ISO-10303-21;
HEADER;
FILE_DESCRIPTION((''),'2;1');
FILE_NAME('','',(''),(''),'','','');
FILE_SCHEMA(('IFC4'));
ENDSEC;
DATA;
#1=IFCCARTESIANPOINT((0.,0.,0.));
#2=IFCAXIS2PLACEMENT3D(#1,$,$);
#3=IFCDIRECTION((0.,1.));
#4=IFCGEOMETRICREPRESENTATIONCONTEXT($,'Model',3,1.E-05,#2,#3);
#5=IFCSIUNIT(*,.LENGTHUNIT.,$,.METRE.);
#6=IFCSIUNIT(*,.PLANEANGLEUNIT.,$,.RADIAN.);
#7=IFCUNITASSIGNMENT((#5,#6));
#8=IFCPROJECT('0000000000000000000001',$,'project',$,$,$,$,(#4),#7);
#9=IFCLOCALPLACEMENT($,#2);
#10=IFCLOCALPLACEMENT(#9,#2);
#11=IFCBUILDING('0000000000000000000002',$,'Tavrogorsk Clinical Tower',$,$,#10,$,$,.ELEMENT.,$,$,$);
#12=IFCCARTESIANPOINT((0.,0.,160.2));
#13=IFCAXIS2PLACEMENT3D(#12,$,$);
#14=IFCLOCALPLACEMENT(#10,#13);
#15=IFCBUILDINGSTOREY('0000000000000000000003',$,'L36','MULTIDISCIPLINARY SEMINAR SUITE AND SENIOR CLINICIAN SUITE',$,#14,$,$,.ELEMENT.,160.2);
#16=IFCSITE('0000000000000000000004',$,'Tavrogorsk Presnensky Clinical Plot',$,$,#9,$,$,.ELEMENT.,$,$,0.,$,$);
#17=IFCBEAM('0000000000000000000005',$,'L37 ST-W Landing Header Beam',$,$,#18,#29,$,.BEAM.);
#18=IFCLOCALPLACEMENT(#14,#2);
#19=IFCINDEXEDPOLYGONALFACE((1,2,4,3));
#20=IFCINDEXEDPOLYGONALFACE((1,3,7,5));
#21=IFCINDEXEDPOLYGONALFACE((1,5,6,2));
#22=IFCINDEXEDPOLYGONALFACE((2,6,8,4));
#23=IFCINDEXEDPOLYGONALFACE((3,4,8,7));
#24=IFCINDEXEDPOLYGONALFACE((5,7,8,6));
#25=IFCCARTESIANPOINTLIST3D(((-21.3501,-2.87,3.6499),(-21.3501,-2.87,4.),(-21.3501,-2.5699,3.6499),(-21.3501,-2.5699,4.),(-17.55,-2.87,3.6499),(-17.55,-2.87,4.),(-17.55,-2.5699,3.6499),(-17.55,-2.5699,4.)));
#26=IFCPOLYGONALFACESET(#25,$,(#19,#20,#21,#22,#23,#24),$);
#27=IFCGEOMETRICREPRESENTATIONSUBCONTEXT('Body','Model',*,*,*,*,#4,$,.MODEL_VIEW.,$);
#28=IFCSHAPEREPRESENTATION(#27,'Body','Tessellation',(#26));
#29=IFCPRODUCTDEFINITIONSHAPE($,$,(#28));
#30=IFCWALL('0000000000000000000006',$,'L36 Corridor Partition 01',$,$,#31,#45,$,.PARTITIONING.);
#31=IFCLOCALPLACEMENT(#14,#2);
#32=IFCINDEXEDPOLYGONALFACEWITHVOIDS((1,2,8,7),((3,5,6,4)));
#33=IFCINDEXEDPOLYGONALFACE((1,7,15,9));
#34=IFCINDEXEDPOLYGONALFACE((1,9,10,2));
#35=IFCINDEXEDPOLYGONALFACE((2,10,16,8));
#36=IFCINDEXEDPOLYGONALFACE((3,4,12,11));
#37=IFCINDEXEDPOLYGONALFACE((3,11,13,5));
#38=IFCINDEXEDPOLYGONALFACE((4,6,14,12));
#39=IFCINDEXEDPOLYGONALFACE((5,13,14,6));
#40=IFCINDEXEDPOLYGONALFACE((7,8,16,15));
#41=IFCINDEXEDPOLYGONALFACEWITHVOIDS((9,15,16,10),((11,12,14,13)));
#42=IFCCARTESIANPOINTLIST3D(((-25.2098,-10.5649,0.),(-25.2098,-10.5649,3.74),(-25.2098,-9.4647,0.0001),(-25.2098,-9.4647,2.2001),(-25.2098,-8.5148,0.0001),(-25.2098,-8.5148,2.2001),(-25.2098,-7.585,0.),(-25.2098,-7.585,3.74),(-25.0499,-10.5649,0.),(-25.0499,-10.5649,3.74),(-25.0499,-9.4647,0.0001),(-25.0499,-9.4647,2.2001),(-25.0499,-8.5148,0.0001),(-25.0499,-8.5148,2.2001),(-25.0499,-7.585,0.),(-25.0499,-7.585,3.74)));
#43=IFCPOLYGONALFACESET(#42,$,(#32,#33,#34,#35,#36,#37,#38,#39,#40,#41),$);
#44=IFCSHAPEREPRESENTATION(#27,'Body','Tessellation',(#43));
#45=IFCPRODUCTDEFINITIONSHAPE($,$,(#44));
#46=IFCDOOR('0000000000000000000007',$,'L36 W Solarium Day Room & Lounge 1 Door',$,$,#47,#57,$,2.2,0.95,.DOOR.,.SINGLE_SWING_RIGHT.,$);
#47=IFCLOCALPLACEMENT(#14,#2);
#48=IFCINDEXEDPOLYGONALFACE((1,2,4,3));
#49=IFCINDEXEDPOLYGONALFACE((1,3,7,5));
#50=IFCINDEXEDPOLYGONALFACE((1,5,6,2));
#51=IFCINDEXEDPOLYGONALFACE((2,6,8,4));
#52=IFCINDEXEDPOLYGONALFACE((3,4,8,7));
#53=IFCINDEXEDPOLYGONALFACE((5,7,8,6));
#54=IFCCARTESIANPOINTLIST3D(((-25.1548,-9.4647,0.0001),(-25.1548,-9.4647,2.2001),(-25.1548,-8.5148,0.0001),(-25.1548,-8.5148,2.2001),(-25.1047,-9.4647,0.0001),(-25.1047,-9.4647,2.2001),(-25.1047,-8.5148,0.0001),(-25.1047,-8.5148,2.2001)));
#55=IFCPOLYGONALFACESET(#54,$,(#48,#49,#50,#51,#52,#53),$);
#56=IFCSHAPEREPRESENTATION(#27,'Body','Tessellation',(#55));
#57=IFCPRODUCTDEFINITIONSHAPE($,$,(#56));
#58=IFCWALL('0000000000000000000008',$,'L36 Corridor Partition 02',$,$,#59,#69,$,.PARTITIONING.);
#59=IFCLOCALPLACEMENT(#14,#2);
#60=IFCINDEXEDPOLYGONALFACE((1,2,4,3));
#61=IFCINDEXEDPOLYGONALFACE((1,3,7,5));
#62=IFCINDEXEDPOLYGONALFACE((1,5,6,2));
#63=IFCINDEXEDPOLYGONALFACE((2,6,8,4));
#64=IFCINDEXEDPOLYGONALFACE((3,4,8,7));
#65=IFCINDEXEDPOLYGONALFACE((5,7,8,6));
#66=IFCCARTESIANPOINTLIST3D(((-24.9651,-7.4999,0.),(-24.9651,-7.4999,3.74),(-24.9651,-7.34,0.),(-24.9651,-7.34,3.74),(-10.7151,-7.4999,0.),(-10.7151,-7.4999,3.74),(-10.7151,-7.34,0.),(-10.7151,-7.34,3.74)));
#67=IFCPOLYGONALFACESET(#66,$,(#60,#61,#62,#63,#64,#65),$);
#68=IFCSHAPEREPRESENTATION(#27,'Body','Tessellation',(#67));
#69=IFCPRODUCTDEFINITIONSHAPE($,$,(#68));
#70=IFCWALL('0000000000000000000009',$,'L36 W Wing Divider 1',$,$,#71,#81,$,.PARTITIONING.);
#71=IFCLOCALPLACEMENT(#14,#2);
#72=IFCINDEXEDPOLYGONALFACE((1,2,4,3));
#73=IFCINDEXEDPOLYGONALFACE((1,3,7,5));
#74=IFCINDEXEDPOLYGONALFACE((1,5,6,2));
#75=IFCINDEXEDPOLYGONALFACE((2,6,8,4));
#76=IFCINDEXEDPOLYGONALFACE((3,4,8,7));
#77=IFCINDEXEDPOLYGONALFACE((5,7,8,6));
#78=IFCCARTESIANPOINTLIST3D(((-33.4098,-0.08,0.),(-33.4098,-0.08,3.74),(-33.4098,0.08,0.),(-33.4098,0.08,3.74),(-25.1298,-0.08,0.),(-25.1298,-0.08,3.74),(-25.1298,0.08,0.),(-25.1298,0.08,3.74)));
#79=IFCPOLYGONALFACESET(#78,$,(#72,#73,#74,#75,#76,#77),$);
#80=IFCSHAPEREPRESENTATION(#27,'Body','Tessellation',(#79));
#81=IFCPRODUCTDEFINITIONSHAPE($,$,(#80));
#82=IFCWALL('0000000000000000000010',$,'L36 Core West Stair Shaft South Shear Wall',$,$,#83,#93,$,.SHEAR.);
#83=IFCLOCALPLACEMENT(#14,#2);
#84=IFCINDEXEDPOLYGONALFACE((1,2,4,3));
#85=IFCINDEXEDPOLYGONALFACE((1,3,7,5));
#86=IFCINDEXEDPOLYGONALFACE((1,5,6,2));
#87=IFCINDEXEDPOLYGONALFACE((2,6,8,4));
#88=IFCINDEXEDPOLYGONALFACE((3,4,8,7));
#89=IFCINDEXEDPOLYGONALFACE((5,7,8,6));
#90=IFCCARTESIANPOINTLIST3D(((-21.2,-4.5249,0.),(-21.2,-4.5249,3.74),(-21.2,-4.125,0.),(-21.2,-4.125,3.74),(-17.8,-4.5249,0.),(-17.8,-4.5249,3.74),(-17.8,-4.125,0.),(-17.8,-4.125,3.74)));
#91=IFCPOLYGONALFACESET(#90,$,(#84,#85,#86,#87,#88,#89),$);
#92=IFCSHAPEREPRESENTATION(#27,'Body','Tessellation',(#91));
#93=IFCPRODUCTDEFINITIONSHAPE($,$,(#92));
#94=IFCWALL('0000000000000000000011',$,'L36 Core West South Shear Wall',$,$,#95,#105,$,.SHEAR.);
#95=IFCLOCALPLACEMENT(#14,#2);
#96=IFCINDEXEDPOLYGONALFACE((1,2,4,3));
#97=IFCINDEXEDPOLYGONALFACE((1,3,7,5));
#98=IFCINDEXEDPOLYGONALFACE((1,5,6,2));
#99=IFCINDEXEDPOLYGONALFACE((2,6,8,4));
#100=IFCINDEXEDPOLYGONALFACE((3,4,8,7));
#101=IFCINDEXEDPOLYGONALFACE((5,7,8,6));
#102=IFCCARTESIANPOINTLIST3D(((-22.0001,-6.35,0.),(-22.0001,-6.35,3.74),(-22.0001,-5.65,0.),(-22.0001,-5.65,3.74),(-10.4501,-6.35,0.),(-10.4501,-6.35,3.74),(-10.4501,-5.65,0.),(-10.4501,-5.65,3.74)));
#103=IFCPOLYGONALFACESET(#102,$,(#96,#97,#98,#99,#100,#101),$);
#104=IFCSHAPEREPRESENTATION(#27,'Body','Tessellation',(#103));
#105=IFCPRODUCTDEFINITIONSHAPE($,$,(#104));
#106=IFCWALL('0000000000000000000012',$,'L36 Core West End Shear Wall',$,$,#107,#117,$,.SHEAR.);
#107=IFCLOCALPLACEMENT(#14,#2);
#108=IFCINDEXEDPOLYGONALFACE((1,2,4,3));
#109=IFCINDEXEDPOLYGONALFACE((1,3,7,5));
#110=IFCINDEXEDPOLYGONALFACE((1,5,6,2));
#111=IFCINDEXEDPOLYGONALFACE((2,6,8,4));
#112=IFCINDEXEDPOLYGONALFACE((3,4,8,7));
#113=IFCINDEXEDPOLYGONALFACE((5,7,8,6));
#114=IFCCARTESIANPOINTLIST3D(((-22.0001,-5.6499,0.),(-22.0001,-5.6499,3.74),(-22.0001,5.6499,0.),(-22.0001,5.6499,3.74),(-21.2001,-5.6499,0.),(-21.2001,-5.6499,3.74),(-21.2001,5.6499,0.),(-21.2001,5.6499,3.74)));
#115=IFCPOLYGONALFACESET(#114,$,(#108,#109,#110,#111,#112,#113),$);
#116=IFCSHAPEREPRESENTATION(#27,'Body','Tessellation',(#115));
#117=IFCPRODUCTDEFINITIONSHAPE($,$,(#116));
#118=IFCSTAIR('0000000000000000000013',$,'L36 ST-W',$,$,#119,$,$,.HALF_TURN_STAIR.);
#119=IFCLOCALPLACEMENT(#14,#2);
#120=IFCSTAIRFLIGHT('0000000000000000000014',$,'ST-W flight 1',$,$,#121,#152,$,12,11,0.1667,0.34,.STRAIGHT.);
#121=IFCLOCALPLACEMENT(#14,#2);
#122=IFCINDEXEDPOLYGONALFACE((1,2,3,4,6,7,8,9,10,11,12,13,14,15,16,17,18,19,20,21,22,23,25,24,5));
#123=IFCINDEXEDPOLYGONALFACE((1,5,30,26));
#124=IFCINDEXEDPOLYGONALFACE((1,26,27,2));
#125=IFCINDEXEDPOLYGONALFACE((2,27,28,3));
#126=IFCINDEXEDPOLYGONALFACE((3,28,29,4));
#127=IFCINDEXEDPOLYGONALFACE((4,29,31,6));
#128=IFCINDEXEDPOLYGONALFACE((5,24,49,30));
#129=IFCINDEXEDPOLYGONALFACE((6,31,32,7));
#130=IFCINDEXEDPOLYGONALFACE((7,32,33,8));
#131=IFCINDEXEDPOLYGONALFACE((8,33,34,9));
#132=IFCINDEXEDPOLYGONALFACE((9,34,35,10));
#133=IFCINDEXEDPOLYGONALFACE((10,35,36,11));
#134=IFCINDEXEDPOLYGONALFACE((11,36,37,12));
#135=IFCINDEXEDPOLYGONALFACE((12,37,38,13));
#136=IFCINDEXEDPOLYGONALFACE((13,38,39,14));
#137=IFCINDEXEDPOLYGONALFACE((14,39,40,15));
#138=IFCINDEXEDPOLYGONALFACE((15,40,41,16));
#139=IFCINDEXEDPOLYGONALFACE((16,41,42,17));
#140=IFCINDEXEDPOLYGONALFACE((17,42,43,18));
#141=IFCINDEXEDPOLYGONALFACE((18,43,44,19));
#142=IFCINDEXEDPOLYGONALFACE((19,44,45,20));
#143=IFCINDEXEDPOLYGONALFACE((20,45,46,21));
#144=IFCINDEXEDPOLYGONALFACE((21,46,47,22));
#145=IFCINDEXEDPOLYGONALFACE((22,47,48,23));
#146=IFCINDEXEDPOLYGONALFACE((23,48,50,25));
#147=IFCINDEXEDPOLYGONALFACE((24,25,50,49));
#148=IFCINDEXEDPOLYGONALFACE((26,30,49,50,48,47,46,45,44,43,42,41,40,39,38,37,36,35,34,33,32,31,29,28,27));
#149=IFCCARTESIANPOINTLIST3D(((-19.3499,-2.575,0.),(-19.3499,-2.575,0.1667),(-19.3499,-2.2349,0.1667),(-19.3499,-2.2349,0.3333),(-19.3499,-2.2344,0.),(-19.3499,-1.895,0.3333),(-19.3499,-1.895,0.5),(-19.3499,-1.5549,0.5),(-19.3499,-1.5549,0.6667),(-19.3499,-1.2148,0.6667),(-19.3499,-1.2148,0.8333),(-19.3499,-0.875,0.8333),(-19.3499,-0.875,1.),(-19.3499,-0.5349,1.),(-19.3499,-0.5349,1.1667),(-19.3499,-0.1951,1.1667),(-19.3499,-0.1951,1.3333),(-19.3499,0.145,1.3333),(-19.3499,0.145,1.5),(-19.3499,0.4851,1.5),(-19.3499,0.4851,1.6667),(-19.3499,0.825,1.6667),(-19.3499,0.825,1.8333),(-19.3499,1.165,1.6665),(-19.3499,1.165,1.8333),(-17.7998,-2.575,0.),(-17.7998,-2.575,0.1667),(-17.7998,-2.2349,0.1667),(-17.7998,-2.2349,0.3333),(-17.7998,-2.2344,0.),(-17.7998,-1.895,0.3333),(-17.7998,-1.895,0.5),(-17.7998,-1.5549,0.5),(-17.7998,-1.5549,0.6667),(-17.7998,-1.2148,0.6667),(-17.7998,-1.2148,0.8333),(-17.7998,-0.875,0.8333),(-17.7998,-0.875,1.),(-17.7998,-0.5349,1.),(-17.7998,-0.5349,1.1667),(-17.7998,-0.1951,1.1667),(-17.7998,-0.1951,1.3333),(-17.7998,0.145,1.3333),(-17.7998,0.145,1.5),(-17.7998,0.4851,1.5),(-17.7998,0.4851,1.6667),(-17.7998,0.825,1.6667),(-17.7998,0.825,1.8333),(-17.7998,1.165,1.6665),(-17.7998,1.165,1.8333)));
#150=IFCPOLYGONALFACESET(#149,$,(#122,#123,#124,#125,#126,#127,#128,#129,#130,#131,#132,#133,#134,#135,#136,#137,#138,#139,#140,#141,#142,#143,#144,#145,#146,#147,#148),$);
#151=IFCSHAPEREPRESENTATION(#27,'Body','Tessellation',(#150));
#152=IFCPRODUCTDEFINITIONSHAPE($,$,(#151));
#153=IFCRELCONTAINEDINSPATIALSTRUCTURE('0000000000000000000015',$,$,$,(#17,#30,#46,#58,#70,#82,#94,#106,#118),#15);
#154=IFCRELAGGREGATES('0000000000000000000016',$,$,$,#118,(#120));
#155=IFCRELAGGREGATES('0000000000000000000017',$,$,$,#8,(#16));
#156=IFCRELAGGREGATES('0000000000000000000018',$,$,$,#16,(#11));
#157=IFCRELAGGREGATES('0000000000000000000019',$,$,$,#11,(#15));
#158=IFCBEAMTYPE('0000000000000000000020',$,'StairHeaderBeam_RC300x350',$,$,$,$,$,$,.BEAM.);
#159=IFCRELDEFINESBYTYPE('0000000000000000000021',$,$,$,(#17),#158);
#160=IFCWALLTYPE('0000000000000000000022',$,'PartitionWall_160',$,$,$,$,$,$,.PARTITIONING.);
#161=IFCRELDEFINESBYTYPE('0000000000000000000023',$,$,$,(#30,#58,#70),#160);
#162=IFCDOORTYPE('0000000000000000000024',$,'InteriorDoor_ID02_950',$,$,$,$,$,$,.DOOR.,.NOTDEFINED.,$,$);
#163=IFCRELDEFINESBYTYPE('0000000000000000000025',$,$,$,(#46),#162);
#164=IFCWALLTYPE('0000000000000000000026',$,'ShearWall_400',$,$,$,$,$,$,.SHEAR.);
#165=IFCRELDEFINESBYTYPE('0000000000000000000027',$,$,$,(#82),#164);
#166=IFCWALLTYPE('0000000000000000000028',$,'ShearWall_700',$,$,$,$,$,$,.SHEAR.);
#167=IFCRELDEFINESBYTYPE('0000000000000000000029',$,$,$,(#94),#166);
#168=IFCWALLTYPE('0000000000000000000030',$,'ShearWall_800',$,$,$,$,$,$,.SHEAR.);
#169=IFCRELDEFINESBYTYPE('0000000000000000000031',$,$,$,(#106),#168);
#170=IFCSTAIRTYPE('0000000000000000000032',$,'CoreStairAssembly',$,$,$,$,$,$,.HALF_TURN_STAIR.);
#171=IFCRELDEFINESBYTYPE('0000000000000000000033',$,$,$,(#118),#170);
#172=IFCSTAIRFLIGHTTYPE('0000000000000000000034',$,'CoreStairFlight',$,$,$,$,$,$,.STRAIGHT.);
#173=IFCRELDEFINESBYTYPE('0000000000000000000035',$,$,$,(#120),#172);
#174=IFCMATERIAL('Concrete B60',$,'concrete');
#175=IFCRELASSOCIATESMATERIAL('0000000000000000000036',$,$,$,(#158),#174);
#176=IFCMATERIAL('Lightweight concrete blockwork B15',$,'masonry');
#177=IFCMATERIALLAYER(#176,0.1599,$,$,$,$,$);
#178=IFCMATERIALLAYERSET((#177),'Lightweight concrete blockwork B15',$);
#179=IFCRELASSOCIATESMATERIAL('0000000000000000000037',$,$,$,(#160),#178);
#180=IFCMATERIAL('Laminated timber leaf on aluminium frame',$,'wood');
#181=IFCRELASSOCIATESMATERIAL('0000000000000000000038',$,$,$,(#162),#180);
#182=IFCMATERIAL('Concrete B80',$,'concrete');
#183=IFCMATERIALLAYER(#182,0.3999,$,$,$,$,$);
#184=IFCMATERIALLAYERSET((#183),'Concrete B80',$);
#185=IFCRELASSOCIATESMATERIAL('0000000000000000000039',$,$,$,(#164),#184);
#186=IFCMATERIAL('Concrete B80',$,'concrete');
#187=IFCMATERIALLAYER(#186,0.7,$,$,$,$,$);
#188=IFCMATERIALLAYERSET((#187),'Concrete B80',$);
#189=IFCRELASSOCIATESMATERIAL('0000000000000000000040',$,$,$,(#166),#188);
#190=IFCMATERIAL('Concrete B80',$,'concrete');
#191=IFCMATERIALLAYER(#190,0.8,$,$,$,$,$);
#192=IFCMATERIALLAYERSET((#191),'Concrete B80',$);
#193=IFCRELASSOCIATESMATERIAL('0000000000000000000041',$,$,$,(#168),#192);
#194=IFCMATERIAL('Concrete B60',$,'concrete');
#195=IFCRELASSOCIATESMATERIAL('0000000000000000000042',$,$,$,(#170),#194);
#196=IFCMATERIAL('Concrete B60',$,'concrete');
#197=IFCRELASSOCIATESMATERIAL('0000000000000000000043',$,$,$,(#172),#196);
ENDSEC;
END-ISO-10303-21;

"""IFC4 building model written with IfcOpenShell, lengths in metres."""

from ifc_helpers import new_model, si_unit, direction, frame, frame_2d, origin, origin_2d, place, context, subcontext, project, spatial, polyline, rectangle, outline, extrude, material, layer, layer_set, material_profile, profile_set, type_object, element, fill, aggregate, save


model = new_model("IFC4")

# Units and contexts
model_context = context("Model", 3, precision=1e-05, world=origin(), true_north=direction((0.0, 1.0)))
body_context = subcontext(model_context, "Body", "Model", "MODEL_VIEW")
ifc_project = project(units=[si_unit("LENGTHUNIT", "METRE"), si_unit("PLANEANGLEUNIT", "RADIAN")], contexts=[model_context])

# Site, building, storey
site_placement = place(None, origin())
site = spatial("IfcSite", under=ifc_project, at=site_placement, Name="Tavrogorsk Presnensky Clinical Plot", CompositionType="ELEMENT", RefElevation=0.0)
building_placement = place(site_placement, origin())
building = spatial("IfcBuilding", under=site, at=building_placement, Name="Tavrogorsk Clinical Tower", CompositionType="ELEMENT")
storey_placement = place(building_placement, frame((0.0, 0.0, 160.2)))
storey = spatial("IfcBuildingStorey", under=building, at=storey_placement, Name="L36", Description="MULTIDISCIPLINARY SEMINAR SUITE AND SENIOR CLINICIAN SUITE", CompositionType="ELEMENT", Elevation=160.2)

# Beam
ifc_material_1 = material(Name="Concrete B60", Category="concrete")
ifc_material_profile_1 = material_profile(ifc_material_1, rectangle(XDim=0.3, YDim=0.3501, at=origin_2d()), Name="RC-SHB-300x350")
ifc_profile_set_1 = profile_set([ifc_material_profile_1], Name="Concrete B60")
beam_type_1 = type_object("IfcBeamType", Name="StairHeaderBeam_RC300x350", PredefinedType="BEAM", material=ifc_profile_set_1)
beam_1_placement = place(storey_placement, frame((-21.3501, -2.72, 3.825), z_axis=(1.0, 0.0, 0.0), x_axis=(0.0, 1.0, 0.0)))
element("IfcBeam", 1, at=beam_1_placement, inside=storey, type_object=beam_type_1, Name="L37 ST-W Landing Header Beam", PredefinedType="BEAM", context=body_context, shape_type="SweptSolid", body=[
    extrude(rectangle(XDim=0.3, YDim=0.3501, at=origin_2d()), origin(), (0.0, 0.0, 1.0), 3.8),
])

# Wall, opening, door
ifc_material_2 = material(Name="Lightweight concrete blockwork B15", Category="masonry")
ifc_layer_1 = layer(ifc_material_2, 0.1599)
ifc_layer_set_1 = layer_set([ifc_layer_1], Name="Lightweight concrete blockwork B15")
wall_type_1 = type_object("IfcWallType", Name="PartitionWall_160", PredefinedType="PARTITIONING", material=ifc_layer_set_1)
wall_1_placement = place(storey_placement, frame((-25.1299, -10.5649, 0.0), z_axis=(0.0, 0.0, 1.0), x_axis=(0.0, 1.0, 0.0)))
wall_1 = element("IfcWall", 2, at=wall_1_placement, inside=storey, type_object=wall_type_1, Name="L36 Corridor Partition 01", PredefinedType="PARTITIONING", context=body_context, shape_type="SweptSolid", body=[
    extrude(rectangle(XDim=2.98, YDim=0.1599, at=frame_2d((1.49, 0.0))), origin(), (0.0, 0.0, 1.0), 3.74),
])
opening_placement = place(wall_1_placement, frame((1.1001, 0.0, 0.0)))
opening = element("IfcOpeningElement", 3, at=opening_placement, cuts=wall_1, PredefinedType="OPENING", context=body_context, shape_type="SweptSolid", body=[
    extrude(rectangle(XDim=0.95, YDim=2.2, at=frame_2d((0.4751, 1.1001))), frame((0.0, 0.0898, 0.0), z_axis=(0.0, -1.0, 0.0), x_axis=(1.0, 0.0, 0.0)), (0.0, 0.0, 1.0), 0.1799),
])
ifc_material_3 = material(Name="Laminated timber leaf on aluminium frame", Category="wood")
door_type = type_object("IfcDoorType", Name="InteriorDoor_ID02_950", OperationType="NOTDEFINED", PredefinedType="DOOR", material=ifc_material_3)
door_placement = place(opening_placement, origin())
door = element("IfcDoor", 4, at=door_placement, inside=storey, type_object=door_type, Name="L36 W Solarium Day Room & Lounge 1 Door", OperationType="SINGLE_SWING_RIGHT", OverallHeight=2.2, OverallWidth=0.95, PredefinedType="DOOR", context=body_context, shape_type="SweptSolid", body=[
    extrude(rectangle(XDim=0.95, YDim=2.2, at=frame_2d((0.4751, 1.1001))), frame((0.0, 0.0249, 0.0), z_axis=(0.0, -1.0, 0.0), x_axis=(1.0, 0.0, 0.0)), (0.0, 0.0, 1.0), 0.05),
])
fill(opening, door)

# Walls
wall_2_placement = place(storey_placement, frame((-24.9651, -7.4199, 0.0), z_axis=(0.0, 0.0, 1.0), x_axis=(1.0, 0.0, 0.0)))
element("IfcWall", 5, at=wall_2_placement, inside=storey, type_object=wall_type_1, Name="L36 Corridor Partition 02", PredefinedType="PARTITIONING", context=body_context, shape_type="SweptSolid", body=[
    extrude(rectangle(XDim=14.25, YDim=0.1599, at=frame_2d((7.125, 0.0))), origin(), (0.0, 0.0, 1.0), 3.74),
])
wall_3_placement = place(storey_placement, frame((-33.4099, 0.0, 0.0), z_axis=(0.0, 0.0, 1.0), x_axis=(1.0, 0.0, 0.0)))
element("IfcWall", 6, at=wall_3_placement, inside=storey, type_object=wall_type_1, Name="L36 W Wing Divider 1", PredefinedType="PARTITIONING", context=body_context, shape_type="SweptSolid", body=[
    extrude(rectangle(XDim=8.28, YDim=0.1599, at=frame_2d((4.1401, 0.0))), origin(), (0.0, 0.0, 1.0), 3.74),
])
ifc_material_4 = material(Name="Concrete B80", Category="concrete")
ifc_layer_2 = layer(ifc_material_4, 0.3999)
ifc_layer_set_2 = layer_set([ifc_layer_2], Name="Concrete B80")
wall_type_2 = type_object("IfcWallType", Name="ShearWall_400", PredefinedType="SHEAR", material=ifc_layer_set_2)
wall_4_placement = place(storey_placement, frame((-21.2, -4.325, 0.0), z_axis=(0.0, 0.0, 1.0), x_axis=(1.0, 0.0, 0.0)))
element("IfcWall", 7, at=wall_4_placement, inside=storey, type_object=wall_type_2, Name="L36 Core West Stair Shaft South Shear Wall", PredefinedType="SHEAR", context=body_context, shape_type="SweptSolid", body=[
    extrude(rectangle(XDim=3.3999, YDim=0.3999, at=frame_2d((1.7, 0.0))), origin(), (0.0, 0.0, 1.0), 3.74),
])
ifc_material_5 = material(Name="Concrete B80", Category="concrete")
ifc_layer_3 = layer(ifc_material_5, 0.7)
ifc_layer_set_3 = layer_set([ifc_layer_3], Name="Concrete B80")
wall_type_3 = type_object("IfcWallType", Name="ShearWall_700", PredefinedType="SHEAR", material=ifc_layer_set_3)
wall_5_placement = place(storey_placement, frame((-22.0, -6.0, 0.0), z_axis=(0.0, 0.0, 1.0), x_axis=(1.0, 0.0, 0.0)))
element("IfcWall", 8, at=wall_5_placement, inside=storey, type_object=wall_type_3, Name="L36 Core West South Shear Wall", PredefinedType="SHEAR", context=body_context, shape_type="SweptSolid", body=[
    extrude(rectangle(XDim=11.55, YDim=0.7, at=frame_2d((5.7749, 0.0))), origin(), (0.0, 0.0, 1.0), 3.74),
])
ifc_material_6 = material(Name="Concrete B80", Category="concrete")
ifc_layer_4 = layer(ifc_material_6, 0.8)
ifc_layer_set_4 = layer_set([ifc_layer_4], Name="Concrete B80")
wall_type_4 = type_object("IfcWallType", Name="ShearWall_800", PredefinedType="SHEAR", material=ifc_layer_set_4)
wall_6_placement = place(storey_placement, frame((-21.6001, -5.6499, 0.0), z_axis=(0.0, 0.0, 1.0), x_axis=(0.0, 1.0, 0.0)))
element("IfcWall", 9, at=wall_6_placement, inside=storey, type_object=wall_type_4, Name="L36 Core West End Shear Wall", PredefinedType="SHEAR", context=body_context, shape_type="SweptSolid", body=[
    extrude(rectangle(XDim=11.2998, YDim=0.8, at=frame_2d((5.6499, 0.0))), origin(), (0.0, 0.0, 1.0), 3.74),
])

# Stair, stair flight
ifc_material_7 = material(Name="Concrete B60", Category="concrete")
stair_type = type_object("IfcStairType", Name="CoreStairAssembly", PredefinedType="HALF_TURN_STAIR", material=ifc_material_7)
stair_placement = place(storey_placement, origin())
stair = element("IfcStair", 10, at=stair_placement, inside=storey, type_object=stair_type, Name="L36 ST-W", PredefinedType="HALF_TURN_STAIR")
ifc_material_8 = material(Name="Concrete B60", Category="concrete")
stair_flight_type = type_object("IfcStairFlightType", Name="CoreStairFlight", PredefinedType="STRAIGHT", material=ifc_material_8)
stair_flight_placement = place(storey_placement, frame((-18.575, -2.575, 0.0), z_axis=(0.0, 0.0, 1.0), x_axis=(0.0, 1.0, 0.0)))
stair_flight = element("IfcStairFlight", 11, at=stair_flight_placement, type_object=stair_flight_type, Name="ST-W flight 1", NumberOfRisers=12, NumberOfTreads=11, PredefinedType="STRAIGHT", RiserHeight=0.1667, TreadLength=0.34, context=body_context, shape_type="SweptSolid", body=[
    extrude(outline(polyline([(0.0, 0.0), (0.0, 0.1667), (0.3401, 0.1667), (0.3401, 0.3333), (0.6799, 0.3333), (0.6799, 0.5), (1.02, 0.5), (1.02, 0.6667), (1.3601, 0.6667), (1.3601, 0.8333), (1.7, 0.8333), (1.7, 1.0), (2.04, 1.0), (2.04, 1.1667), (2.3799, 1.1667), (2.3799, 1.3333), (2.72, 1.3333), (2.72, 1.5), (3.0601, 1.5), (3.0601, 1.6667), (3.3999, 1.6667), (3.3999, 1.8333), (3.74, 1.8333), (3.74, 2.0), (3.74, 1.6665), (0.3406, 0.0), (0.0, 0.0)])), frame((0.0, 0.7749, 0.0), z_axis=(0.0, -1.0, 0.0), x_axis=(1.0, 0.0, 0.0)), (0.0, 0.0, 1.0), 1.55),
])
aggregate(stair, [stair_flight])

save(model, "model.ifc")
